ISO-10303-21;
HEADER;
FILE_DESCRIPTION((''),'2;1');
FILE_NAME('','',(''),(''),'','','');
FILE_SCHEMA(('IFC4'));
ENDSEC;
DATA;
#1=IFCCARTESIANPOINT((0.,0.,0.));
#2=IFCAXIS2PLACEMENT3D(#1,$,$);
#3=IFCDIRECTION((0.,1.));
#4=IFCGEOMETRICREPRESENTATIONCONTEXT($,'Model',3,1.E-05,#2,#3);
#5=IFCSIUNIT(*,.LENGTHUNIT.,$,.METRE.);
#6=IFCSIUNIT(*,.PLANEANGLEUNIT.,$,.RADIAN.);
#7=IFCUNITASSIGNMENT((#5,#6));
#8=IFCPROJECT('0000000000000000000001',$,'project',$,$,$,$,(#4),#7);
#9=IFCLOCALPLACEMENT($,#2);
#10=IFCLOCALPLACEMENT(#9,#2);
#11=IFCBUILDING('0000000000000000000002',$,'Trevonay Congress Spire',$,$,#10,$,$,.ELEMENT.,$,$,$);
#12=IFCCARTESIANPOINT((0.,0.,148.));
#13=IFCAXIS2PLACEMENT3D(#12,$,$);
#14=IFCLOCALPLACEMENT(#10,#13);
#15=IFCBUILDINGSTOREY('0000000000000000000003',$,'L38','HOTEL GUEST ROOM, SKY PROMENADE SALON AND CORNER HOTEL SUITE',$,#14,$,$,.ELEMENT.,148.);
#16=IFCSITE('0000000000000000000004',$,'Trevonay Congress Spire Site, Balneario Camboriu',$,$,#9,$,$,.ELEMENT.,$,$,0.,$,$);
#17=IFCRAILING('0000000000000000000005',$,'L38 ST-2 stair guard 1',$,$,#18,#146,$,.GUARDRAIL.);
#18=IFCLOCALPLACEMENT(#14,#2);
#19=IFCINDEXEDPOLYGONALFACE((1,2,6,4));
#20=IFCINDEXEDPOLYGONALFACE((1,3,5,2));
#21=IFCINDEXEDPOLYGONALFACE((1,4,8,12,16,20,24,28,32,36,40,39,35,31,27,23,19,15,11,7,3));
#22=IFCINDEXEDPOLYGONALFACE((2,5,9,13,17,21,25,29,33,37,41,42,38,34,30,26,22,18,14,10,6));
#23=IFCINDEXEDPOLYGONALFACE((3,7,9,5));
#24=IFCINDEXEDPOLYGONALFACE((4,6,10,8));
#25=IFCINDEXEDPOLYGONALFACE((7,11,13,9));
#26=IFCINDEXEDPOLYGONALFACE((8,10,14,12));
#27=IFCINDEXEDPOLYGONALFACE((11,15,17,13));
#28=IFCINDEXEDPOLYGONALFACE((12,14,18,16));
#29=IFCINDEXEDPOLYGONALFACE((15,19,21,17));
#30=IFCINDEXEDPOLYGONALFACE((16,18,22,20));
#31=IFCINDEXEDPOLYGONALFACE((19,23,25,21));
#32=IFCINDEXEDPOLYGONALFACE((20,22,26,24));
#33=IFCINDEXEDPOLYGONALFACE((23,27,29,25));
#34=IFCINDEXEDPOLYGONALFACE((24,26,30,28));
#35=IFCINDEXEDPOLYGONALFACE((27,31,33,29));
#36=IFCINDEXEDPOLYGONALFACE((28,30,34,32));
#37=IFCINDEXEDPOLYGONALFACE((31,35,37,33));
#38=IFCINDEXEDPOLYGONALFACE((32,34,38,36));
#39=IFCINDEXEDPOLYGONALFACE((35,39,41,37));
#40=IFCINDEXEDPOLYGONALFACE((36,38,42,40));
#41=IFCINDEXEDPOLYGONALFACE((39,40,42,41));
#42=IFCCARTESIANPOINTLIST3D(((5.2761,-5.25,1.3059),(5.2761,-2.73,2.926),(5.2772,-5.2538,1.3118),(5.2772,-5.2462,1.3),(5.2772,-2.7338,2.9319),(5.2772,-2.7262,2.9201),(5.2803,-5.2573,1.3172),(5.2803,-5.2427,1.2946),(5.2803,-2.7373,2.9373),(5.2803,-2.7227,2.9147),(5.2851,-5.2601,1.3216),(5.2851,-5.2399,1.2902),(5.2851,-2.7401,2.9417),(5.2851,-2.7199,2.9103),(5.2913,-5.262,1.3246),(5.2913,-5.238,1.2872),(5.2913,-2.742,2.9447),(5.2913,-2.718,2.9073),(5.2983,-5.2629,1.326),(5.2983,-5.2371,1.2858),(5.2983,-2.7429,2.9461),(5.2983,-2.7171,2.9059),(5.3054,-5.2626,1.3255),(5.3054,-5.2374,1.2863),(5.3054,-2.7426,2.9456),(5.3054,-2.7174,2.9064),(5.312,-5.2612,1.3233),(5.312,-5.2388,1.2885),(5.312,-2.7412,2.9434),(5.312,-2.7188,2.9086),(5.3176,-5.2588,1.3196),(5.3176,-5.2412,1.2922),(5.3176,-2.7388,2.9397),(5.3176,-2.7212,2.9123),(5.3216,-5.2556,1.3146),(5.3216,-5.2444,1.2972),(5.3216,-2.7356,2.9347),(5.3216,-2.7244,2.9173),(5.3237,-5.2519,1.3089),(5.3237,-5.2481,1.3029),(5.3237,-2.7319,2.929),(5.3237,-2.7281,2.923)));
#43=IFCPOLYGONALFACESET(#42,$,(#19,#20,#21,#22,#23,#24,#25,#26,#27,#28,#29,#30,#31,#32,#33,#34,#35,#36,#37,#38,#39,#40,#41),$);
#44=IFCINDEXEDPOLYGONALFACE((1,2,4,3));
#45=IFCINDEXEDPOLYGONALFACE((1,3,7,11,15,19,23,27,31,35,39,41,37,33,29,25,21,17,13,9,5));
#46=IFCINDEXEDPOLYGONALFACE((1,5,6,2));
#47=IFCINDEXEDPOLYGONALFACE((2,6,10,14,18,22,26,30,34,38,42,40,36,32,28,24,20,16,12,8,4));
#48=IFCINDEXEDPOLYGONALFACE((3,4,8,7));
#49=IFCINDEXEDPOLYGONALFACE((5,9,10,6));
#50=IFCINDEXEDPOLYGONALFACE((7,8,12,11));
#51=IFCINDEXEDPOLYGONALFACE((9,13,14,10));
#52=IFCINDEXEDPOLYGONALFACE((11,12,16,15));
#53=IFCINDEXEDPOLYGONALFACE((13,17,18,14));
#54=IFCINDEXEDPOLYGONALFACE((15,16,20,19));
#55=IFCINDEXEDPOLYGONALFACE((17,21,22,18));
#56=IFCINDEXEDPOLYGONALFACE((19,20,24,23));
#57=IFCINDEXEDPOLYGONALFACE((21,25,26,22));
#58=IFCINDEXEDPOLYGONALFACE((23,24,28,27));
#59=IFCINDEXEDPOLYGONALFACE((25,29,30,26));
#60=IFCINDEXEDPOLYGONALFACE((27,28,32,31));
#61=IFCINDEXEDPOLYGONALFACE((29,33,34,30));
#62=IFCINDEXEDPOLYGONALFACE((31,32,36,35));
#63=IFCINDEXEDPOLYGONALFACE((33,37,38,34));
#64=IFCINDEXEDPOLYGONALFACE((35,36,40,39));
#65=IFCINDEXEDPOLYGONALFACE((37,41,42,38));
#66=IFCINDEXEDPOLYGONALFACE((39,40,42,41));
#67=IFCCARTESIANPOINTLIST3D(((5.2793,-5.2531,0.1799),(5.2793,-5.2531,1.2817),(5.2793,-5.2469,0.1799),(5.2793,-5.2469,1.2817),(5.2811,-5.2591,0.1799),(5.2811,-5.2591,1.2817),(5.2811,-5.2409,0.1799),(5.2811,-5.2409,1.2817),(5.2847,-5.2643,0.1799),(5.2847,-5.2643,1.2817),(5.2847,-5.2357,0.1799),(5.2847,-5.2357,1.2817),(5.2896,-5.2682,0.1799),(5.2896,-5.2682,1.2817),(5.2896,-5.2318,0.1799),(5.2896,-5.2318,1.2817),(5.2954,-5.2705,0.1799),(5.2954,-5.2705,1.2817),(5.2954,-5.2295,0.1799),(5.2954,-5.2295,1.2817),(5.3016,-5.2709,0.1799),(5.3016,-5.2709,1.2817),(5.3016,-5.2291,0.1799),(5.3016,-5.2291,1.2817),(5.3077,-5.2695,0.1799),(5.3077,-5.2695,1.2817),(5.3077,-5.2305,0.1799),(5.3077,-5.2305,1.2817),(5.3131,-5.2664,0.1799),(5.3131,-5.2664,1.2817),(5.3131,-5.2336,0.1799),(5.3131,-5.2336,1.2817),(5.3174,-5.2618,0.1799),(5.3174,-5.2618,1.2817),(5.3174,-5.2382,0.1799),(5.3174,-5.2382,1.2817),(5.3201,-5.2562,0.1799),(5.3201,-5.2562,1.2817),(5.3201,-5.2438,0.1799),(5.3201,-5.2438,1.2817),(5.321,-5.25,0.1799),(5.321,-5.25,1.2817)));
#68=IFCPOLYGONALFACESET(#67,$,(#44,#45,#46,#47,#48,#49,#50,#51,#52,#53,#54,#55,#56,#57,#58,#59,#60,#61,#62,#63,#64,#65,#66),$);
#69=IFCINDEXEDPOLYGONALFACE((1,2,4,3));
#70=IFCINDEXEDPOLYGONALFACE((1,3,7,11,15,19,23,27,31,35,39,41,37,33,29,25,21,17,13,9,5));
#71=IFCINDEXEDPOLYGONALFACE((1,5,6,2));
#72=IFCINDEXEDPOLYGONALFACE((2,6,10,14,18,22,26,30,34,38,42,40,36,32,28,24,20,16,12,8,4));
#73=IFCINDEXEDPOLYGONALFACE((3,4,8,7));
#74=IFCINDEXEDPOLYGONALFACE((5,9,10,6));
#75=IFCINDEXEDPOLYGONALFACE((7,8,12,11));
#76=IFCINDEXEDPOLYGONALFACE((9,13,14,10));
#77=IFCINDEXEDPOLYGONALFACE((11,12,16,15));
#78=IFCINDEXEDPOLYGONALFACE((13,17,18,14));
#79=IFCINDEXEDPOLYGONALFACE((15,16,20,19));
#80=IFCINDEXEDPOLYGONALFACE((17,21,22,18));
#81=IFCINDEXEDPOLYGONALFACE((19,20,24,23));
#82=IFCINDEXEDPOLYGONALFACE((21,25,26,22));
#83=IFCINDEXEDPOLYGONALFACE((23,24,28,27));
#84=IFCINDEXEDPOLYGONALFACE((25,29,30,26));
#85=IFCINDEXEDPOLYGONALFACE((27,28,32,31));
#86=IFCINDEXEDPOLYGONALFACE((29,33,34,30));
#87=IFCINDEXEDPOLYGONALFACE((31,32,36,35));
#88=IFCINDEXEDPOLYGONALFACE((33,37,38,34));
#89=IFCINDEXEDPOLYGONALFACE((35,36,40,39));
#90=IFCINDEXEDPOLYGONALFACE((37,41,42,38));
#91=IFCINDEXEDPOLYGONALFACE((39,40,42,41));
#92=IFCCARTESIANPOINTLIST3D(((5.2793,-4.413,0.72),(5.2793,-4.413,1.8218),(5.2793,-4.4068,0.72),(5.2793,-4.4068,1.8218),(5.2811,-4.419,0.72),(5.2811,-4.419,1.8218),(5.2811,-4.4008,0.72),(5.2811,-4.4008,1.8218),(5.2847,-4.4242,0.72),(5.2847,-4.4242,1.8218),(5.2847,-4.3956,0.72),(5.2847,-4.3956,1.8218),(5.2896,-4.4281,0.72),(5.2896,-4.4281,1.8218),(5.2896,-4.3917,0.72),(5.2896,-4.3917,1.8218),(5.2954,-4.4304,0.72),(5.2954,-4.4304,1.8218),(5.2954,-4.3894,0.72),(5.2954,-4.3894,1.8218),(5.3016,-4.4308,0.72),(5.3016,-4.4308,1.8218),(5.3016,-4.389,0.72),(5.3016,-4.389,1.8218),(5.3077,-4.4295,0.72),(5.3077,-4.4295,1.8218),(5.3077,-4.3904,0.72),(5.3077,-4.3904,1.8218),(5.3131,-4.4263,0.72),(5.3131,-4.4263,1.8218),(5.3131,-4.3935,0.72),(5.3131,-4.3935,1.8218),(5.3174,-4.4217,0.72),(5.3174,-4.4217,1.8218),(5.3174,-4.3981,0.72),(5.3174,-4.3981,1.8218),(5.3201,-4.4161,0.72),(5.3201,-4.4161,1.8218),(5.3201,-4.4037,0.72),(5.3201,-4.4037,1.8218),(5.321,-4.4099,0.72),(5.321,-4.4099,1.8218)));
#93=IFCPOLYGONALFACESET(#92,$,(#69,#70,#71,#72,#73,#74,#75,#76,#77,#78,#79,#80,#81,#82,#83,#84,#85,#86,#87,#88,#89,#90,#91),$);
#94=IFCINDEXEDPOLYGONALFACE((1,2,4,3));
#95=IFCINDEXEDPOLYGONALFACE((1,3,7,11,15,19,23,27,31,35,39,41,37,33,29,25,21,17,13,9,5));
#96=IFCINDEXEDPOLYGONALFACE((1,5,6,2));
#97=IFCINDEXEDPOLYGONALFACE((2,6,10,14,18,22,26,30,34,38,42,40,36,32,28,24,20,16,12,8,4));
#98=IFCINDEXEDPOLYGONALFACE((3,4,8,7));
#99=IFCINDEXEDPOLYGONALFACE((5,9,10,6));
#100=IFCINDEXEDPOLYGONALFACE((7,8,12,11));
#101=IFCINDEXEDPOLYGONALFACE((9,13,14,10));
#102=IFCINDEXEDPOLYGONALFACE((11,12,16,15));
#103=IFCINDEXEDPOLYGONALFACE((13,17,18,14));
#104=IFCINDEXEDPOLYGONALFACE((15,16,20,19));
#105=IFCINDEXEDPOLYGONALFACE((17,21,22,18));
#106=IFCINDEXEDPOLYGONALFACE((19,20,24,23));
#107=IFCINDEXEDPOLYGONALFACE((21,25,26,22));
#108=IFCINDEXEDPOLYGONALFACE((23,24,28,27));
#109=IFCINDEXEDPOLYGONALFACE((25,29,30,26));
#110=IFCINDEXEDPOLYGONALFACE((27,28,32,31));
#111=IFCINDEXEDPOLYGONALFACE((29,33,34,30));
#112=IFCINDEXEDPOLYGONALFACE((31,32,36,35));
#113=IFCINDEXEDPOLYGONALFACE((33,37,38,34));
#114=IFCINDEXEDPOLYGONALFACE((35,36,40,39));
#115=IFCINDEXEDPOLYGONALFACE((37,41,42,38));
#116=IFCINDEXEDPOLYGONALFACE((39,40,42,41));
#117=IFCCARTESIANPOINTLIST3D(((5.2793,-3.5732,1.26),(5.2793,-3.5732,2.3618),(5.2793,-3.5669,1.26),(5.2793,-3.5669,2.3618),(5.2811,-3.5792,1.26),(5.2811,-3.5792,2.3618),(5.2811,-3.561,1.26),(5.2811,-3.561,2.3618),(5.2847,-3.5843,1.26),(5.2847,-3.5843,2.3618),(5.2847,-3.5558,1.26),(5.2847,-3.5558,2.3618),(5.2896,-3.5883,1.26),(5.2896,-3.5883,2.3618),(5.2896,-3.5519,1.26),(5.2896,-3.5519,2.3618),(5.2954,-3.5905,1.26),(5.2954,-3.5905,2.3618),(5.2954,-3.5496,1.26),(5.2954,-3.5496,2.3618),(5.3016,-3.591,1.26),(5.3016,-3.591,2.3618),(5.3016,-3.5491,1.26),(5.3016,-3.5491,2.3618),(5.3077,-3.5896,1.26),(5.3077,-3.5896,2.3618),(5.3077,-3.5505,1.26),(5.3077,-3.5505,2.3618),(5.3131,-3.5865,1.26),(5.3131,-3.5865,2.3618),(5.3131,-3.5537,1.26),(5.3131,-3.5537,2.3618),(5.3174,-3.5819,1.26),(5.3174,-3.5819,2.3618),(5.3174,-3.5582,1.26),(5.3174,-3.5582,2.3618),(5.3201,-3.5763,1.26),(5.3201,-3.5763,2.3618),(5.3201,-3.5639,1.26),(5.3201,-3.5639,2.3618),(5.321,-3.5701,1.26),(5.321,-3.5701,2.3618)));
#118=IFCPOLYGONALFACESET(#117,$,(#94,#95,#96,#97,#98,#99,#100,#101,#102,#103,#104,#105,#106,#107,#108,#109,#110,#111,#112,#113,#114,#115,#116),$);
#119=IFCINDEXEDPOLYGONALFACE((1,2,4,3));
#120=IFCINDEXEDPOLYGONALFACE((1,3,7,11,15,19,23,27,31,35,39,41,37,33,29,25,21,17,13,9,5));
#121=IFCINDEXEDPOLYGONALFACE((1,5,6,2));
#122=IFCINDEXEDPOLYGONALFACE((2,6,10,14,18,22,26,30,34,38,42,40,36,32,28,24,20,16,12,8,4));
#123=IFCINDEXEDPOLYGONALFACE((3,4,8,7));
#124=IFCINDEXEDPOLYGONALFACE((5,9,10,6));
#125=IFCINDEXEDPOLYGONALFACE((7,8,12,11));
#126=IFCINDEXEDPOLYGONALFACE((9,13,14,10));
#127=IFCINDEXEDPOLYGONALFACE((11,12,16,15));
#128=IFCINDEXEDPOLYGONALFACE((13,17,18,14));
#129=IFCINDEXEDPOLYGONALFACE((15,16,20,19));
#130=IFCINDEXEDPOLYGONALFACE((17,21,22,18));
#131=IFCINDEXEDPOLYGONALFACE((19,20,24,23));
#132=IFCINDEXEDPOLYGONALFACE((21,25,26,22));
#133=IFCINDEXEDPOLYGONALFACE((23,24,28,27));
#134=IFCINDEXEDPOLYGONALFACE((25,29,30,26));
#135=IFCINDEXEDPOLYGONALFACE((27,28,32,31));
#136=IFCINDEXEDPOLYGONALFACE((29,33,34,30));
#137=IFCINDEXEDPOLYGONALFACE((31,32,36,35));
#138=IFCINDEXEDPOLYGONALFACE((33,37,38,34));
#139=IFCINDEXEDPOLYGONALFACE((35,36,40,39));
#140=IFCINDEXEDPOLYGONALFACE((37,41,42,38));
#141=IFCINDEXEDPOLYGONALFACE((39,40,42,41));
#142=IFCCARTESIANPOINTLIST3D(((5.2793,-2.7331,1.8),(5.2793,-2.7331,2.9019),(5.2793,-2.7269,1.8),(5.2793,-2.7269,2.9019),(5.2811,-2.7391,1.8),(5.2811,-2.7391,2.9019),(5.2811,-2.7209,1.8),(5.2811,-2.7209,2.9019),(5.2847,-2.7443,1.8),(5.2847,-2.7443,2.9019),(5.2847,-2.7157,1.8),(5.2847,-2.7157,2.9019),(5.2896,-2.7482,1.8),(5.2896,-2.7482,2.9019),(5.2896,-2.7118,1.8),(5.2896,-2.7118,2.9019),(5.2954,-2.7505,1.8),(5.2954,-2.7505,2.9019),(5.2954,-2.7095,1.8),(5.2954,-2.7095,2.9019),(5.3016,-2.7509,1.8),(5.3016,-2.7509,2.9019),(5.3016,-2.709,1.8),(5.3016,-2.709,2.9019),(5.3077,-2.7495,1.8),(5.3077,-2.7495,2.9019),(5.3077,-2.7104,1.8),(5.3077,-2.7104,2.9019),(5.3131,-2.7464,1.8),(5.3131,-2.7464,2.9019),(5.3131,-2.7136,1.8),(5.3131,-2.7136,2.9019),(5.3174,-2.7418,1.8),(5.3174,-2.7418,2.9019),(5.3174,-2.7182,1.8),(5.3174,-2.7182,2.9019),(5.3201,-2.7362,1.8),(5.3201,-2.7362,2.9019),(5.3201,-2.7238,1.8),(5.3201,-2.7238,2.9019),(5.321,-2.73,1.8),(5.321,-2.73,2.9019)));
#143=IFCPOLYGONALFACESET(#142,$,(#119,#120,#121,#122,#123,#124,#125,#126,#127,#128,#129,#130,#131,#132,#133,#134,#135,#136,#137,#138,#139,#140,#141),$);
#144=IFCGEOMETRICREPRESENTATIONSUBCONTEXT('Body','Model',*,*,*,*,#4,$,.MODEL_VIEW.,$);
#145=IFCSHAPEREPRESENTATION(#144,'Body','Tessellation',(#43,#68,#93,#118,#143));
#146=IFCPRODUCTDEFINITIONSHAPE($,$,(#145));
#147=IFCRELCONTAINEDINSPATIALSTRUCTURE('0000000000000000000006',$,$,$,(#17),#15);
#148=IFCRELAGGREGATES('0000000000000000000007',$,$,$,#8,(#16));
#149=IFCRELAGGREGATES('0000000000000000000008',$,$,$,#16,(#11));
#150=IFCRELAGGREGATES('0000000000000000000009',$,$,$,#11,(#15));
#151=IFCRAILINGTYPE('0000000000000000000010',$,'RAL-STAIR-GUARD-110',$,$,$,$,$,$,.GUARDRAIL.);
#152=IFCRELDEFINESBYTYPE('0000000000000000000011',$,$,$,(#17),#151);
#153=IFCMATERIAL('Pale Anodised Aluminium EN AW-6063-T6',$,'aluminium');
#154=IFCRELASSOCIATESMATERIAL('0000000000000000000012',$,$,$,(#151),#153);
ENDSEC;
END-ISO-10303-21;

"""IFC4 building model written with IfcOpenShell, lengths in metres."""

from ifc_helpers import new_model, si_unit, direction, frame, origin, origin_2d, place, context, subcontext, project, spatial, circle, extrude, material, type_object, element, save


model = new_model("IFC4")

# Units and contexts
model_context = context("Model", 3, precision=1e-05, world=origin(), true_north=direction((0.0, 1.0)))
body_context = subcontext(model_context, "Body", "Model", "MODEL_VIEW")
ifc_project = project(units=[si_unit("LENGTHUNIT", "METRE"), si_unit("PLANEANGLEUNIT", "RADIAN")], contexts=[model_context])

# Site, building, storey
site_placement = place(None, origin())
site = spatial("IfcSite", under=ifc_project, at=site_placement, Name="Trevonay Congress Spire Site, Balneario Camboriu", CompositionType="ELEMENT", RefElevation=0.0)
building_placement = place(site_placement, origin())
building = spatial("IfcBuilding", under=site, at=building_placement, Name="Trevonay Congress Spire", CompositionType="ELEMENT")
storey_placement = place(building_placement, frame((0.0, 0.0, 148.0)))
storey = spatial("IfcBuildingStorey", under=building, at=storey_placement, Name="L38", Description="HOTEL GUEST ROOM, SKY PROMENADE SALON AND CORNER HOTEL SUITE", CompositionType="ELEMENT", Elevation=148.0)

# Railing
ifc_material_1 = material(Name="Pale Anodised Aluminium EN AW-6063-T6", Category="aluminium")
railing_type_1 = type_object("IfcRailingType", Name="RAL-STAIR-GUARD-110", PredefinedType="GUARDRAIL", material=ifc_material_1)
railing_1_placement = place(storey_placement, frame((5.3, -5.25, 0.1799)))
element("IfcRailing", 1, at=railing_1_placement, inside=storey, type_object=railing_type_1, Name="L38 ST-2 stair guard 1", PredefinedType="GUARDRAIL", context=body_context, shape_type="SweptSolid", body=[
    extrude(circle(Radius=0.0239, at=origin_2d()), frame((0.0, 0.0, 1.126), z_axis=(0.0, 0.841163, 0.540782), x_axis=(-1.0, 0.0, 0.0)), (0.0, 0.0, 1.0), 2.9958),
    extrude(circle(Radius=0.021, at=origin_2d()), origin(), (0.0, 0.0, 1.0), 1.1018),
    extrude(circle(Radius=0.021, at=origin_2d()), frame((0.0, 0.8401, 0.54)), (0.0, 0.0, 1.0), 1.1018),
    extrude(circle(Radius=0.021, at=origin_2d()), frame((0.0, 1.6799, 1.0801)), (0.0, 0.0, 1.0), 1.1018),
    extrude(circle(Radius=0.021, at=origin_2d()), frame((0.0, 2.52, 1.6201)), (0.0, 0.0, 1.0), 1.1018),
])

save(model, "model.ifc")
